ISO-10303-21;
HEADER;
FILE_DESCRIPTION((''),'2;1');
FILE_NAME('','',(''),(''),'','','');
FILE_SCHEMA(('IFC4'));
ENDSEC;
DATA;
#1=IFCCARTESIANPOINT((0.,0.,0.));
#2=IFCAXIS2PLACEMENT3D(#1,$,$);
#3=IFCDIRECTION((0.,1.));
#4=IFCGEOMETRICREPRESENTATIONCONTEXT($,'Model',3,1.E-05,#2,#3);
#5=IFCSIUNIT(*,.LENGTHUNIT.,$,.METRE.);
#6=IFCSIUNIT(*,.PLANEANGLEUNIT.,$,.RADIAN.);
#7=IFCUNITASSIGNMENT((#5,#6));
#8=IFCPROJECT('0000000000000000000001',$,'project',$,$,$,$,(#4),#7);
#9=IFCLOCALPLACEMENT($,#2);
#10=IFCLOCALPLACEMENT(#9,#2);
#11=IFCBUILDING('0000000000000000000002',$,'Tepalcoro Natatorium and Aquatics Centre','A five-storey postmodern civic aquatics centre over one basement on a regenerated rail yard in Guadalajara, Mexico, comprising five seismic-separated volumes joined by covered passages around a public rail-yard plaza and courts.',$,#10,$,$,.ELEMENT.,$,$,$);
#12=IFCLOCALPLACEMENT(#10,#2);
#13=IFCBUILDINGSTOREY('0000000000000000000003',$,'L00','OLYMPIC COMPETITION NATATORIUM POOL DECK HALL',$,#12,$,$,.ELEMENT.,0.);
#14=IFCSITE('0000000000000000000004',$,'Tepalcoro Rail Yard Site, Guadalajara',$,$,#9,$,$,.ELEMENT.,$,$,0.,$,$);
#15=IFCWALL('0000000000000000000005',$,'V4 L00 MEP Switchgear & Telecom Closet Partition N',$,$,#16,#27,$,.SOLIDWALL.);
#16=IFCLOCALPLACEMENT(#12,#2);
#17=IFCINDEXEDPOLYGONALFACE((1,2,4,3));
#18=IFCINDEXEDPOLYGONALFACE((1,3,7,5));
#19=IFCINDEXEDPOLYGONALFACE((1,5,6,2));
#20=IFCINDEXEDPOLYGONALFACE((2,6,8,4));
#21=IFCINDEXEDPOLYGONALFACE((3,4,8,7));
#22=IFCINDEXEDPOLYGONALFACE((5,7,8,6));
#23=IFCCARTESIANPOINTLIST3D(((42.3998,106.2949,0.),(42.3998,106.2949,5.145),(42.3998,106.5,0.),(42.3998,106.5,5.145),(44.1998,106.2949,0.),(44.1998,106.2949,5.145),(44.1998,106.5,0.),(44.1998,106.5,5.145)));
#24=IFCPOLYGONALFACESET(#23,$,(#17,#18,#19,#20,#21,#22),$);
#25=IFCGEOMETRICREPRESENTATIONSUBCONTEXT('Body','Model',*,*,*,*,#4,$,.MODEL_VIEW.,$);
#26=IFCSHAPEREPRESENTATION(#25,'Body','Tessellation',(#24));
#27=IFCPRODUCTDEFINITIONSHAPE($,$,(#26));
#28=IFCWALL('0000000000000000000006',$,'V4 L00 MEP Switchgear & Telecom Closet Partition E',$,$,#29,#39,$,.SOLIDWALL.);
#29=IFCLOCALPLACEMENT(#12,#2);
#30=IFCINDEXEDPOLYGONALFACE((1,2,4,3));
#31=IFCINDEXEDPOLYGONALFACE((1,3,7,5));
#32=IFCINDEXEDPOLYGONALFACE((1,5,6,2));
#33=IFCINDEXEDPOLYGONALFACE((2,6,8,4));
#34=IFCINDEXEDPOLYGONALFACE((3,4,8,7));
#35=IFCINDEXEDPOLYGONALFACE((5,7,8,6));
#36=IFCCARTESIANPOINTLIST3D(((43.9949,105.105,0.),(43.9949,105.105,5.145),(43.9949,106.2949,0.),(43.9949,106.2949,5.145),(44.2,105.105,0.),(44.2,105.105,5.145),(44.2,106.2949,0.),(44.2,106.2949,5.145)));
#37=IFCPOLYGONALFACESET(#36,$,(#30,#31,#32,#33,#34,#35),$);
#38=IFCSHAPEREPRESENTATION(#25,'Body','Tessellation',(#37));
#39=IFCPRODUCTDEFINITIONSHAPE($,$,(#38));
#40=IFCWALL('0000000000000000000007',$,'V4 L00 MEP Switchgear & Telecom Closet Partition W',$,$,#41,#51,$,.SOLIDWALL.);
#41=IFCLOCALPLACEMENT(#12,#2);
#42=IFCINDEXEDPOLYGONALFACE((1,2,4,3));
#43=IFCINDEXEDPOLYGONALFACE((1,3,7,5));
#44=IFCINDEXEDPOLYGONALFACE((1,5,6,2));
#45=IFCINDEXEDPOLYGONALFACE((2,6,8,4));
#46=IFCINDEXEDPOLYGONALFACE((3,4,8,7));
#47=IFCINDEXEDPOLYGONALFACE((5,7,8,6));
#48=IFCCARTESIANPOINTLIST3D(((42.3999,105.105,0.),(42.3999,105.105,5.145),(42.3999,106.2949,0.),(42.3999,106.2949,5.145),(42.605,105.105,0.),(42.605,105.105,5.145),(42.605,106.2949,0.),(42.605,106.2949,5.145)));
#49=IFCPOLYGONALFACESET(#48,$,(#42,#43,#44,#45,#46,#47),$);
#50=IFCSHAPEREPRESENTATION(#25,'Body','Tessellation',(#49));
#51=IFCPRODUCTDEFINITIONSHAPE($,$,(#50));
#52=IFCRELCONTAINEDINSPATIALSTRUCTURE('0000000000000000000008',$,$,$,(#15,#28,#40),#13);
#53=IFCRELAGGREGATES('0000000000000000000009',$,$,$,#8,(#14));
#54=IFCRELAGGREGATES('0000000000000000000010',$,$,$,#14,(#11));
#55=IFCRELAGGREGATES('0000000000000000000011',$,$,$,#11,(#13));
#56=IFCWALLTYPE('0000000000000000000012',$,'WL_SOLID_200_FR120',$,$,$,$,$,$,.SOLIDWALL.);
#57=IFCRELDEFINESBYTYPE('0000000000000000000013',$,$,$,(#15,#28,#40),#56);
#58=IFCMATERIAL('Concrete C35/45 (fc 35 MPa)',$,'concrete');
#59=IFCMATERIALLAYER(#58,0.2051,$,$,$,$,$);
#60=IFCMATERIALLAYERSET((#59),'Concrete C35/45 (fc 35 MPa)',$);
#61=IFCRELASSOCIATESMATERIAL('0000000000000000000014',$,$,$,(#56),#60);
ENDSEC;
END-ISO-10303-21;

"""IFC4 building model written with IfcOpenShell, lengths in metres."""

from ifc_helpers import new_model, si_unit, direction, frame, frame_2d, origin, place, context, subcontext, project, spatial, rectangle, extrude, material, layer, layer_set, type_object, element, save


model = new_model("IFC4")

# Units and contexts
model_context = context("Model", 3, precision=1e-05, world=origin(), true_north=direction((0.0, 1.0)))
body_context = subcontext(model_context, "Body", "Model", "MODEL_VIEW")
ifc_project = project(units=[si_unit("LENGTHUNIT", "METRE"), si_unit("PLANEANGLEUNIT", "RADIAN")], contexts=[model_context])

# Site, building, storey
site_placement = place(None, origin())
site = spatial("IfcSite", under=ifc_project, at=site_placement, Name="Tepalcoro Rail Yard Site, Guadalajara", CompositionType="ELEMENT", RefElevation=0.0)
building_placement = place(site_placement, origin())
building = spatial("IfcBuilding", under=site, at=building_placement, Name="Tepalcoro Natatorium and Aquatics Centre", Description="A five-storey postmodern civic aquatics centre over one basement on a regenerated rail yard in Guadalajara, Mexico, comprising five seismic-separated volumes joined by covered passages around a public rail-yard plaza and courts.", CompositionType="ELEMENT")
storey_placement = place(building_placement, origin())
storey = spatial("IfcBuildingStorey", under=building, at=storey_placement, Name="L00", Description="OLYMPIC COMPETITION NATATORIUM POOL DECK HALL", CompositionType="ELEMENT", Elevation=0.0)

# Shared definitions
ifc_material_1 = material(Name="Concrete C35/45 (fc 35 MPa)", Category="concrete")
ifc_layer_1 = layer(ifc_material_1, 0.2051)
ifc_layer_set_1 = layer_set([ifc_layer_1], Name="Concrete C35/45 (fc 35 MPa)")
wall_type_1 = type_object("IfcWallType", Name="WL_SOLID_200_FR120", PredefinedType="SOLIDWALL", material=ifc_layer_set_1)

# Walls
wall_1_placement = place(storey_placement, frame((42.3999, 106.3975, 0.0), z_axis=(0.0, 0.0, 1.0), x_axis=(1.0, 0.0, 0.0)))
element("IfcWall", 1, at=wall_1_placement, inside=storey, type_object=wall_type_1, Name="V4 L00 MEP Switchgear & Telecom Closet Partition N", PredefinedType="SOLIDWALL", context=body_context, shape_type="SweptSolid", body=[
    extrude(rectangle(XDim=1.8, YDim=0.2051, at=frame_2d((0.8999, 0.0))), origin(), (0.0, 0.0, 1.0), 5.145),
])
for number, where, z_axis, x_axis, name in (
    (2, (44.0974, 105.105, 0.0), (0.0, 0.0, 1.0), (0.0, 1.0, 0.0), "V4 L00 MEP Switchgear & Telecom Closet Partition E"),
    (3, (42.5024, 105.105, 0.0), (0.0, 0.0, 1.0), (0.0, 1.0, 0.0), "V4 L00 MEP Switchgear & Telecom Closet Partition W"),
):
    element("IfcWall", number, at=place(storey_placement, frame(where, z_axis=z_axis, x_axis=x_axis)), inside=storey, type_object=wall_type_1, Name=name, PredefinedType="SOLIDWALL", context=body_context, shape_type="SweptSolid", body=[
        extrude(rectangle(XDim=1.1899, YDim=0.2051, at=frame_2d((0.595, 0.0))), origin(), (0.0, 0.0, 1.0), 5.145),
    ])

save(model, "model.ifc")
